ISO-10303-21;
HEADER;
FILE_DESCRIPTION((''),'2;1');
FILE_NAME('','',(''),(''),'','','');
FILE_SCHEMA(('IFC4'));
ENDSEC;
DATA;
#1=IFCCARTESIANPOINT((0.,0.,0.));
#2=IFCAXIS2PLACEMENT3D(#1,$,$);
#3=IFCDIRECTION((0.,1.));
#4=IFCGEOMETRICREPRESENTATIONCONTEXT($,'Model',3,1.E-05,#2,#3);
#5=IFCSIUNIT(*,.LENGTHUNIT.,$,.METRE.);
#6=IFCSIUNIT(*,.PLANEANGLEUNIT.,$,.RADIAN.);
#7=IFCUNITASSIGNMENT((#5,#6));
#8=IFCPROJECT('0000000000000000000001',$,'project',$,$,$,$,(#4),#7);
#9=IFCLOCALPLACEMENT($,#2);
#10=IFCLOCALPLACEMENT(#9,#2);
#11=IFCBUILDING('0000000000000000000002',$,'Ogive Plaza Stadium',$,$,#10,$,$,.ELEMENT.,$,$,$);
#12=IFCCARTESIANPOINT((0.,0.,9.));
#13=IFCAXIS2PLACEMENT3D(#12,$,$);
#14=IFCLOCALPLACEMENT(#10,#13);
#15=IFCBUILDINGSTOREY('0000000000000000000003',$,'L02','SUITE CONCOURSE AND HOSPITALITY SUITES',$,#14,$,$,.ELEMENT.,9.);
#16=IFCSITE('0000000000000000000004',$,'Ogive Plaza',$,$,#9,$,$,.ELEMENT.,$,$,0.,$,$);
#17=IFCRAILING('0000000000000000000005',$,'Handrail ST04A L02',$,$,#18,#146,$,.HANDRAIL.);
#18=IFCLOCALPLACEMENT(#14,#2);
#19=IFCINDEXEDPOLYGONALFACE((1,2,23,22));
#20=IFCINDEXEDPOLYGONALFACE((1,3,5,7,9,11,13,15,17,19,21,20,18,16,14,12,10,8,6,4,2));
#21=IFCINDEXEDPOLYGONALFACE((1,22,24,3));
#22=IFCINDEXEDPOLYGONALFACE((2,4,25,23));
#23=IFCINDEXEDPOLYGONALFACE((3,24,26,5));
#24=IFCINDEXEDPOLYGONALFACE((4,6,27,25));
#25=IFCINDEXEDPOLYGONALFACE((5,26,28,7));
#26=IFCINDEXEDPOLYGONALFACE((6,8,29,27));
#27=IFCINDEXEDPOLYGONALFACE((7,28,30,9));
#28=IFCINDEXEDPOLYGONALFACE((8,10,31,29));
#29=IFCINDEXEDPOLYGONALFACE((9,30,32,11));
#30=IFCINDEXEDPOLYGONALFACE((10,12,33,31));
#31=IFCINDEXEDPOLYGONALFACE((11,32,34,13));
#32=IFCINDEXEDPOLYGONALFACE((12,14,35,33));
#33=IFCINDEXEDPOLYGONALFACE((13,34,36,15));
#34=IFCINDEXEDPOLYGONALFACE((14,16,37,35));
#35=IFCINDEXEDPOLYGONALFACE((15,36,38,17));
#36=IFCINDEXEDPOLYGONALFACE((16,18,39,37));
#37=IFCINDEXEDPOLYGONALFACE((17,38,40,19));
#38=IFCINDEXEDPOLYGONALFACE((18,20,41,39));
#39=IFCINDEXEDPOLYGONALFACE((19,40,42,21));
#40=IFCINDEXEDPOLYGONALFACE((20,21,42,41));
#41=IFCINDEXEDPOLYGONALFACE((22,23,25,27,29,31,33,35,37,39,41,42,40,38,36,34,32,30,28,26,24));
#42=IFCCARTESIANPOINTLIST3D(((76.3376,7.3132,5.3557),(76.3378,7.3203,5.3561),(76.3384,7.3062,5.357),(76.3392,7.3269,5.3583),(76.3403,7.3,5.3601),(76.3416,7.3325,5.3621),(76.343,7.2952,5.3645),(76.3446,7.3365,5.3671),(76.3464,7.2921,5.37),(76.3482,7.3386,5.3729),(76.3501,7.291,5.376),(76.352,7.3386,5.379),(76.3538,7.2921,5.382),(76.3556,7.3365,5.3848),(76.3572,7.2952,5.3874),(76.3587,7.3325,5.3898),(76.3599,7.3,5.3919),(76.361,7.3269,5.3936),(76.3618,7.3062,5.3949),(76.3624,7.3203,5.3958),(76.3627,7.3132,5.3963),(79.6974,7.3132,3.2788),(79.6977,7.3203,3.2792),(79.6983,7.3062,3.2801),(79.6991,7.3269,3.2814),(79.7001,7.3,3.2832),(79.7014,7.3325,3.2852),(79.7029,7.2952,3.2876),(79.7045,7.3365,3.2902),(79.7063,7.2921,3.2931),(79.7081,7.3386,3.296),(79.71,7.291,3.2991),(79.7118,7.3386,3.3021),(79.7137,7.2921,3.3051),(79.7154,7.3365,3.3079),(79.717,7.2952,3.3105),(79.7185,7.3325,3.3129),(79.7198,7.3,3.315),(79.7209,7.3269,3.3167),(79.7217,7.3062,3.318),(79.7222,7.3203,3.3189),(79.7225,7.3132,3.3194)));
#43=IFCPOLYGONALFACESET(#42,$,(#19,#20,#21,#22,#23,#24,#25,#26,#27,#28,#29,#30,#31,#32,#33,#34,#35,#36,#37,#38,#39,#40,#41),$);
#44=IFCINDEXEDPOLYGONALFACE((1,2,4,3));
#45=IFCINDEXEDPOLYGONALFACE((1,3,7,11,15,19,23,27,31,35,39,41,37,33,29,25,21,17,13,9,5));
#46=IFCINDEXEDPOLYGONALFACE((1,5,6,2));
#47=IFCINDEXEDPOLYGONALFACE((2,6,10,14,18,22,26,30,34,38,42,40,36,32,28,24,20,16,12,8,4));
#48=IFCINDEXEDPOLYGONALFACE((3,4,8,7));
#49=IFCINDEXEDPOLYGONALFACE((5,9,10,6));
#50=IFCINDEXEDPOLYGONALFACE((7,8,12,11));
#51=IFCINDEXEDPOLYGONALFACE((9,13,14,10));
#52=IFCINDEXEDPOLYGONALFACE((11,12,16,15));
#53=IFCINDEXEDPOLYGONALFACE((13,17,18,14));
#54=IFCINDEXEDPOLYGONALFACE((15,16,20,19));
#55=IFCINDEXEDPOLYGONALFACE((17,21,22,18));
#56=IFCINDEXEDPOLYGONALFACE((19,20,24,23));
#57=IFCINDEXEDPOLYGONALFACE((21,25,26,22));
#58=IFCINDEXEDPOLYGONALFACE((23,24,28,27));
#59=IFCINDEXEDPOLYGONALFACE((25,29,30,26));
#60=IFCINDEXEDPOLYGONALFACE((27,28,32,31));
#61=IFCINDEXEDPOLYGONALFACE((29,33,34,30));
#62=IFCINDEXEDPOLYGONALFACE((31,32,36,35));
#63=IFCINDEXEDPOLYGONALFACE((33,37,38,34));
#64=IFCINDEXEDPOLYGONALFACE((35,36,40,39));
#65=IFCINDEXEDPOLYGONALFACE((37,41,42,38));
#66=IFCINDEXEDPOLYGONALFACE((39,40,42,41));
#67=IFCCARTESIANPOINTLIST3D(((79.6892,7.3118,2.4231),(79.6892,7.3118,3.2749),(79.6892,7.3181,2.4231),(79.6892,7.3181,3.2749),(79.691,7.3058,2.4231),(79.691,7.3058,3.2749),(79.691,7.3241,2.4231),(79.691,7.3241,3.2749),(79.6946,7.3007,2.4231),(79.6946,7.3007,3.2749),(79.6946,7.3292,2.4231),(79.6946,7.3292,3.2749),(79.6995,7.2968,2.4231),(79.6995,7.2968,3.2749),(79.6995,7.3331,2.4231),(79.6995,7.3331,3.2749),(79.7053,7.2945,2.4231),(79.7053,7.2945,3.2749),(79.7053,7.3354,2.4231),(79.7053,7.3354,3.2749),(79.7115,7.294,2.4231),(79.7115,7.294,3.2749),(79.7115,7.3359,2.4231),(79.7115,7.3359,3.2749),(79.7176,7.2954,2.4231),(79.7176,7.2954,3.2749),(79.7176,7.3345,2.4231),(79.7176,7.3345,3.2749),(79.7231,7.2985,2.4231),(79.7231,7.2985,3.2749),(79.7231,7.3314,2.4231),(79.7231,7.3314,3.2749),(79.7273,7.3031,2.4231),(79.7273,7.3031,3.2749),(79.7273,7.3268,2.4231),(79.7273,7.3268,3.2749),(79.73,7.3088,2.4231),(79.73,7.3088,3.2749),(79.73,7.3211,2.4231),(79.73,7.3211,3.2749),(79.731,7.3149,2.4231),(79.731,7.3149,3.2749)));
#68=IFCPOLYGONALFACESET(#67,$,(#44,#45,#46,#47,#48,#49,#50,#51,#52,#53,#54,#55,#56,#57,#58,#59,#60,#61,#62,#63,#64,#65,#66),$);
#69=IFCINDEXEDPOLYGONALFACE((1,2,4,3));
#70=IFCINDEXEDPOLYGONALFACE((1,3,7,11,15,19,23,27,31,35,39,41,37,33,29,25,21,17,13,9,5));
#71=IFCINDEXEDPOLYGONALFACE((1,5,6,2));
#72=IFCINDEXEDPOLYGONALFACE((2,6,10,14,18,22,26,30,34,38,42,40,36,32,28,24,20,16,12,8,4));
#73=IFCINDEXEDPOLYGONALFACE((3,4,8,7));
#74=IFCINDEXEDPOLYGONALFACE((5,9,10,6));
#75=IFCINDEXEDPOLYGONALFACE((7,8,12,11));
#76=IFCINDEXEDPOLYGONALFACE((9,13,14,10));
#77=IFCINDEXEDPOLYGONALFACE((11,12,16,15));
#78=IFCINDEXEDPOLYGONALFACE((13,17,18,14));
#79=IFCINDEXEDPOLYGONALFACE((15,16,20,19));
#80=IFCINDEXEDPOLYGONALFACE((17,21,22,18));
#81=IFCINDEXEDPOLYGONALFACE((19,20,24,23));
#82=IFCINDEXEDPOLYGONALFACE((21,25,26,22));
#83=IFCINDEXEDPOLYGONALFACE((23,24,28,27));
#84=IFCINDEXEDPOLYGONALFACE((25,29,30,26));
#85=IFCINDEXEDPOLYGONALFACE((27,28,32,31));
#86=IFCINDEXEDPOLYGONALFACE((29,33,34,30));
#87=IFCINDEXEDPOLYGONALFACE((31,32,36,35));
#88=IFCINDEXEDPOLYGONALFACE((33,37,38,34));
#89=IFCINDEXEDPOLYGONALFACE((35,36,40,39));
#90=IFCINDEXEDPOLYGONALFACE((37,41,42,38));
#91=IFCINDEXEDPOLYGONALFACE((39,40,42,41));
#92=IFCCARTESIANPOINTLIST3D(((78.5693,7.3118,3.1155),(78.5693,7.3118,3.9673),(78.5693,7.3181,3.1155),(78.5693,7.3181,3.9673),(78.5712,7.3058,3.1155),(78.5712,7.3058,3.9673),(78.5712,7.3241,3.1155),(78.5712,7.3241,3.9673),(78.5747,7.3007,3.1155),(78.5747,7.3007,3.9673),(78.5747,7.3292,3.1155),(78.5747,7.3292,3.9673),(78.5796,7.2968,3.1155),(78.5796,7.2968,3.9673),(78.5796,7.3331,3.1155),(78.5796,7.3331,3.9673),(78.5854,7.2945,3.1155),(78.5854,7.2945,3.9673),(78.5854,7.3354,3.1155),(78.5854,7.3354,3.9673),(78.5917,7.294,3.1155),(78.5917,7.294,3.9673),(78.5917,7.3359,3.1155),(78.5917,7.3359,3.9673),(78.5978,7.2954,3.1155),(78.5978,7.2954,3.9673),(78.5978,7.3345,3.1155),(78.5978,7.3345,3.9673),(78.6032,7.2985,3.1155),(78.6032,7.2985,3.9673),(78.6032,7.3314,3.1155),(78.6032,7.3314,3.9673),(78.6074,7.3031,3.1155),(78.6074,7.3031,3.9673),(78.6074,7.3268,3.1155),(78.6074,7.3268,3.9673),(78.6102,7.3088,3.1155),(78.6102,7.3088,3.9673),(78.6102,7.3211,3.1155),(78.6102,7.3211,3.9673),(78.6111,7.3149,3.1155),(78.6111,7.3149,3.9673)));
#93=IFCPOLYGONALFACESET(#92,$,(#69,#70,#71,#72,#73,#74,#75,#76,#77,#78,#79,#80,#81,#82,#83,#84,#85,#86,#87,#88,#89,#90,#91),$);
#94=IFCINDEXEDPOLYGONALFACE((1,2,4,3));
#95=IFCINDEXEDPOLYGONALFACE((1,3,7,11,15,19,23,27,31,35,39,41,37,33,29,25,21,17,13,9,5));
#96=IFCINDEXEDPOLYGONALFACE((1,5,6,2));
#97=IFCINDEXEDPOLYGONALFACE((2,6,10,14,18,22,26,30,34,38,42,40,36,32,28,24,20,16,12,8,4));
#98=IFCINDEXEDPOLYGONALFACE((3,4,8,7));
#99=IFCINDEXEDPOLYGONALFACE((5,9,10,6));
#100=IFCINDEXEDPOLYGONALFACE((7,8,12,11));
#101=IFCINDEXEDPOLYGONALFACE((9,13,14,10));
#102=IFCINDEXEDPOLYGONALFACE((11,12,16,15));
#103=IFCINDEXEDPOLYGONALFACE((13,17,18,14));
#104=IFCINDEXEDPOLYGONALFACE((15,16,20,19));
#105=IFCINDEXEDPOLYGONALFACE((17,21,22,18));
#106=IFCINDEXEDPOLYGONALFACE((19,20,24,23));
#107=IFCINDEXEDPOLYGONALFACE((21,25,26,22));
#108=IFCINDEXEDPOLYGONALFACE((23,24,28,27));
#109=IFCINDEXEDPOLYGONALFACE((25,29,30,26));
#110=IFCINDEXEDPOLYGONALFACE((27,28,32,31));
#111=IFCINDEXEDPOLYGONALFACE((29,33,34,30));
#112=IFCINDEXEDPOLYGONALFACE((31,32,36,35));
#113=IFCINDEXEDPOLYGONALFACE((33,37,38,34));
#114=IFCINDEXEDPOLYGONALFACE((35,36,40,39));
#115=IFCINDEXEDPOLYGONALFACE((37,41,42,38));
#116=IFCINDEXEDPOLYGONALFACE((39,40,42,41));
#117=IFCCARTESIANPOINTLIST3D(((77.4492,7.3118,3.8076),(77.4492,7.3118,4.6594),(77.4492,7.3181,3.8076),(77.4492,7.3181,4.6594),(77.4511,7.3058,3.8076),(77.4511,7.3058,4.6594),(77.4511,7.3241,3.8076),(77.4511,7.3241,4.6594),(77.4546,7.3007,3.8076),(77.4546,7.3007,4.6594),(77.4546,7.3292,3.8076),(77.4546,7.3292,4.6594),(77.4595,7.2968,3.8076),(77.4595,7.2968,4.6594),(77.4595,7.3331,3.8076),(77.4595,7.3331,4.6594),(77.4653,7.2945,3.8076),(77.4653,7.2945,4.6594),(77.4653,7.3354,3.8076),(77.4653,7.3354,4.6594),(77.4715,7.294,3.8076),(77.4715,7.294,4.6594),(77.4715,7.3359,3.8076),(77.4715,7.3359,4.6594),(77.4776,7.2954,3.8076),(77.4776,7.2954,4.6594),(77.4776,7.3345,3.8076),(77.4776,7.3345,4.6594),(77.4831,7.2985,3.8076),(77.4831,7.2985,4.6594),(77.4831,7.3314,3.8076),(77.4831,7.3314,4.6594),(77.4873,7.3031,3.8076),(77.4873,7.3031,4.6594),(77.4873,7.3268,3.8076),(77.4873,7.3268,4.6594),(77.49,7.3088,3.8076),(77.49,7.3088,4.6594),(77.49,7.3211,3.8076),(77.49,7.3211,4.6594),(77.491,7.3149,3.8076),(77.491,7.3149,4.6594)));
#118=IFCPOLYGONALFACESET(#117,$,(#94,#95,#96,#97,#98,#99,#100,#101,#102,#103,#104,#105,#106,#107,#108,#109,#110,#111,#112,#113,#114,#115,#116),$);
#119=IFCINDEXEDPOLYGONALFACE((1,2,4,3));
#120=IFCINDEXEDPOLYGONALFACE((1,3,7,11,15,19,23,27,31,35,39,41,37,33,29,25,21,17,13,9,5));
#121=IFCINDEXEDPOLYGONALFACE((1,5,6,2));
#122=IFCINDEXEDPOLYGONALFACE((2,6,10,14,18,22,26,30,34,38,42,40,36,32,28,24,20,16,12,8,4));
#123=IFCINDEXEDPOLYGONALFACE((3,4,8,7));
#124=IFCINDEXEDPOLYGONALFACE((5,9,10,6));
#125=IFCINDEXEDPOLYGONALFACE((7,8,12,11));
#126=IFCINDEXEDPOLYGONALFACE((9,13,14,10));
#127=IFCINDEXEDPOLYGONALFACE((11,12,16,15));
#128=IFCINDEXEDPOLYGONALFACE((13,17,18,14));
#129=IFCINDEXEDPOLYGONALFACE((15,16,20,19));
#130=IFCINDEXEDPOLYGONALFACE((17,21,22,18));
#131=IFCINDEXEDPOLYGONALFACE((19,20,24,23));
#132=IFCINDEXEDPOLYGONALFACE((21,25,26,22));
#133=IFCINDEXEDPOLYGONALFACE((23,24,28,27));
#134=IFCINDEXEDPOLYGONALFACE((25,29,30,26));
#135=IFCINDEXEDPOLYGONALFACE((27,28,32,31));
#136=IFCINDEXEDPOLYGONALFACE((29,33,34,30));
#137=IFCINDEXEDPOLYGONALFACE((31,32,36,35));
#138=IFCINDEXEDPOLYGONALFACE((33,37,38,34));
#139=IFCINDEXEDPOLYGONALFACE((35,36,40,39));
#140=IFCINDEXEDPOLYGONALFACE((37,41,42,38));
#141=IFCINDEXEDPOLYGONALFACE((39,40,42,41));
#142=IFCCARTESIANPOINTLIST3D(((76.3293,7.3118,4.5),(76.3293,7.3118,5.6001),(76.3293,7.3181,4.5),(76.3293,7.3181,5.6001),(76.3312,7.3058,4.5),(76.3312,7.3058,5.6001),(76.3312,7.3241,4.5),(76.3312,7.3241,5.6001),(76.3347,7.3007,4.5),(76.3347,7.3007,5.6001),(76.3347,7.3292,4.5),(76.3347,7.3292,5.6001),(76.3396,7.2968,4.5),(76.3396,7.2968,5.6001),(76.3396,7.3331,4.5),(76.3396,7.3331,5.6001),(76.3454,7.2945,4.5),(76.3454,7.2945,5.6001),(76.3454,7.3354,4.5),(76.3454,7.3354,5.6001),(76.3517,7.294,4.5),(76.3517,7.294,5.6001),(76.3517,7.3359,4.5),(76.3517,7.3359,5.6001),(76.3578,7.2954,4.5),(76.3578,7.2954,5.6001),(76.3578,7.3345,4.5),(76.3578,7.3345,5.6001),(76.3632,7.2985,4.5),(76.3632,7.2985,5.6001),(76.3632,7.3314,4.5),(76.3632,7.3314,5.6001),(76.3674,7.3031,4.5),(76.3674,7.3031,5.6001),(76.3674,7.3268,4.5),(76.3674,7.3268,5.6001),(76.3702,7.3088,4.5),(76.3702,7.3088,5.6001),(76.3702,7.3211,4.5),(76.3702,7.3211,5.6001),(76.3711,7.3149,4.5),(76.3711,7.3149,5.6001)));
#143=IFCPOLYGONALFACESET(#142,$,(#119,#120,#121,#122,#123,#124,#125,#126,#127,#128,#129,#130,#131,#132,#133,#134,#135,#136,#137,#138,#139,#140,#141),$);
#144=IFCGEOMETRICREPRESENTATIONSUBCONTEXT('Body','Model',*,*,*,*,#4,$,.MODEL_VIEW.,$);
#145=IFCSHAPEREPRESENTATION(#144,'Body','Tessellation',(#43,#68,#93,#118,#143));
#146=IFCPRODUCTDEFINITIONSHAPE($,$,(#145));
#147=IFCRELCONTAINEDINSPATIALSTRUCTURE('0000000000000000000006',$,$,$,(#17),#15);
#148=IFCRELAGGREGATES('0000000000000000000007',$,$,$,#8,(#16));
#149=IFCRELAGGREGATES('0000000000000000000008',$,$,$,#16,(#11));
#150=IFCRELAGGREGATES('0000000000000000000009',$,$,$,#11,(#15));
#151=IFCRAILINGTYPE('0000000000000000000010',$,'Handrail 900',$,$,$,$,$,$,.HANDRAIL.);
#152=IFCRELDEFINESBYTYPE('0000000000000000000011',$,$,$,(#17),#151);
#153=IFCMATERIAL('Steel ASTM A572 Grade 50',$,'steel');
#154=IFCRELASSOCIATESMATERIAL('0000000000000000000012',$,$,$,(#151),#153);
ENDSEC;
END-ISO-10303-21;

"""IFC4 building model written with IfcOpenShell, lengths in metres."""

from ifc_helpers import new_model, si_unit, direction, frame, origin, origin_2d, place, context, subcontext, project, spatial, circle, extrude, material, type_object, element, save


model = new_model("IFC4")

# Units and contexts
model_context = context("Model", 3, precision=1e-05, world=origin(), true_north=direction((0.0, 1.0)))
body_context = subcontext(model_context, "Body", "Model", "MODEL_VIEW")
ifc_project = project(units=[si_unit("LENGTHUNIT", "METRE"), si_unit("PLANEANGLEUNIT", "RADIAN")], contexts=[model_context])

# Site, building, storey
site_placement = place(None, origin())
site = spatial("IfcSite", under=ifc_project, at=site_placement, Name="Ogive Plaza", CompositionType="ELEMENT", RefElevation=0.0)
building_placement = place(site_placement, origin())
building = spatial("IfcBuilding", under=site, at=building_placement, Name="Ogive Plaza Stadium", CompositionType="ELEMENT")
storey_placement = place(building_placement, frame((0.0, 0.0, 9.0)))
storey = spatial("IfcBuildingStorey", under=building, at=storey_placement, Name="L02", Description="SUITE CONCOURSE AND HOSPITALITY SUITES", CompositionType="ELEMENT", Elevation=9.0)

# Railing
ifc_material_1 = material(Name="Steel ASTM A572 Grade 50", Category="steel")
railing_type_1 = type_object("IfcRailingType", Name="Handrail 900", PredefinedType="HANDRAIL", material=ifc_material_1)
for number, where, name in (
    (1, (79.71, 7.3149, 2.4231), "Handrail ST04A L02"),
):
    element("IfcRailing", number, at=place(storey_placement, frame(where)), inside=storey, type_object=railing_type_1, Name=name, PredefinedType="HANDRAIL", context=body_context, shape_type="SweptSolid", body=[
        extrude(circle(Radius=0.0239, at=origin_2d()), frame((0.0, 0.0, 0.876), z_axis=(-0.850606, 0.0, 0.525803), x_axis=(0.0, -1.0, 0.0)), (0.0, 0.0, 1.0), 3.95),
        extrude(circle(Radius=0.021, at=origin_2d()), origin(), (0.0, 0.0, 1.0), 0.8518),
        extrude(circle(Radius=0.021, at=origin_2d()), frame((-1.1199, 0.0, 0.6924)), (0.0, 0.0, 1.0), 0.8518),
        extrude(circle(Radius=0.021, at=origin_2d()), frame((-2.24, 0.0, 1.3845)), (0.0, 0.0, 1.0), 0.8518),
        extrude(circle(Radius=0.021, at=origin_2d()), frame((-3.3599, 0.0, 2.0769)), (0.0, 0.0, 1.0), 1.1001),
    ])

save(model, "model.ifc")
